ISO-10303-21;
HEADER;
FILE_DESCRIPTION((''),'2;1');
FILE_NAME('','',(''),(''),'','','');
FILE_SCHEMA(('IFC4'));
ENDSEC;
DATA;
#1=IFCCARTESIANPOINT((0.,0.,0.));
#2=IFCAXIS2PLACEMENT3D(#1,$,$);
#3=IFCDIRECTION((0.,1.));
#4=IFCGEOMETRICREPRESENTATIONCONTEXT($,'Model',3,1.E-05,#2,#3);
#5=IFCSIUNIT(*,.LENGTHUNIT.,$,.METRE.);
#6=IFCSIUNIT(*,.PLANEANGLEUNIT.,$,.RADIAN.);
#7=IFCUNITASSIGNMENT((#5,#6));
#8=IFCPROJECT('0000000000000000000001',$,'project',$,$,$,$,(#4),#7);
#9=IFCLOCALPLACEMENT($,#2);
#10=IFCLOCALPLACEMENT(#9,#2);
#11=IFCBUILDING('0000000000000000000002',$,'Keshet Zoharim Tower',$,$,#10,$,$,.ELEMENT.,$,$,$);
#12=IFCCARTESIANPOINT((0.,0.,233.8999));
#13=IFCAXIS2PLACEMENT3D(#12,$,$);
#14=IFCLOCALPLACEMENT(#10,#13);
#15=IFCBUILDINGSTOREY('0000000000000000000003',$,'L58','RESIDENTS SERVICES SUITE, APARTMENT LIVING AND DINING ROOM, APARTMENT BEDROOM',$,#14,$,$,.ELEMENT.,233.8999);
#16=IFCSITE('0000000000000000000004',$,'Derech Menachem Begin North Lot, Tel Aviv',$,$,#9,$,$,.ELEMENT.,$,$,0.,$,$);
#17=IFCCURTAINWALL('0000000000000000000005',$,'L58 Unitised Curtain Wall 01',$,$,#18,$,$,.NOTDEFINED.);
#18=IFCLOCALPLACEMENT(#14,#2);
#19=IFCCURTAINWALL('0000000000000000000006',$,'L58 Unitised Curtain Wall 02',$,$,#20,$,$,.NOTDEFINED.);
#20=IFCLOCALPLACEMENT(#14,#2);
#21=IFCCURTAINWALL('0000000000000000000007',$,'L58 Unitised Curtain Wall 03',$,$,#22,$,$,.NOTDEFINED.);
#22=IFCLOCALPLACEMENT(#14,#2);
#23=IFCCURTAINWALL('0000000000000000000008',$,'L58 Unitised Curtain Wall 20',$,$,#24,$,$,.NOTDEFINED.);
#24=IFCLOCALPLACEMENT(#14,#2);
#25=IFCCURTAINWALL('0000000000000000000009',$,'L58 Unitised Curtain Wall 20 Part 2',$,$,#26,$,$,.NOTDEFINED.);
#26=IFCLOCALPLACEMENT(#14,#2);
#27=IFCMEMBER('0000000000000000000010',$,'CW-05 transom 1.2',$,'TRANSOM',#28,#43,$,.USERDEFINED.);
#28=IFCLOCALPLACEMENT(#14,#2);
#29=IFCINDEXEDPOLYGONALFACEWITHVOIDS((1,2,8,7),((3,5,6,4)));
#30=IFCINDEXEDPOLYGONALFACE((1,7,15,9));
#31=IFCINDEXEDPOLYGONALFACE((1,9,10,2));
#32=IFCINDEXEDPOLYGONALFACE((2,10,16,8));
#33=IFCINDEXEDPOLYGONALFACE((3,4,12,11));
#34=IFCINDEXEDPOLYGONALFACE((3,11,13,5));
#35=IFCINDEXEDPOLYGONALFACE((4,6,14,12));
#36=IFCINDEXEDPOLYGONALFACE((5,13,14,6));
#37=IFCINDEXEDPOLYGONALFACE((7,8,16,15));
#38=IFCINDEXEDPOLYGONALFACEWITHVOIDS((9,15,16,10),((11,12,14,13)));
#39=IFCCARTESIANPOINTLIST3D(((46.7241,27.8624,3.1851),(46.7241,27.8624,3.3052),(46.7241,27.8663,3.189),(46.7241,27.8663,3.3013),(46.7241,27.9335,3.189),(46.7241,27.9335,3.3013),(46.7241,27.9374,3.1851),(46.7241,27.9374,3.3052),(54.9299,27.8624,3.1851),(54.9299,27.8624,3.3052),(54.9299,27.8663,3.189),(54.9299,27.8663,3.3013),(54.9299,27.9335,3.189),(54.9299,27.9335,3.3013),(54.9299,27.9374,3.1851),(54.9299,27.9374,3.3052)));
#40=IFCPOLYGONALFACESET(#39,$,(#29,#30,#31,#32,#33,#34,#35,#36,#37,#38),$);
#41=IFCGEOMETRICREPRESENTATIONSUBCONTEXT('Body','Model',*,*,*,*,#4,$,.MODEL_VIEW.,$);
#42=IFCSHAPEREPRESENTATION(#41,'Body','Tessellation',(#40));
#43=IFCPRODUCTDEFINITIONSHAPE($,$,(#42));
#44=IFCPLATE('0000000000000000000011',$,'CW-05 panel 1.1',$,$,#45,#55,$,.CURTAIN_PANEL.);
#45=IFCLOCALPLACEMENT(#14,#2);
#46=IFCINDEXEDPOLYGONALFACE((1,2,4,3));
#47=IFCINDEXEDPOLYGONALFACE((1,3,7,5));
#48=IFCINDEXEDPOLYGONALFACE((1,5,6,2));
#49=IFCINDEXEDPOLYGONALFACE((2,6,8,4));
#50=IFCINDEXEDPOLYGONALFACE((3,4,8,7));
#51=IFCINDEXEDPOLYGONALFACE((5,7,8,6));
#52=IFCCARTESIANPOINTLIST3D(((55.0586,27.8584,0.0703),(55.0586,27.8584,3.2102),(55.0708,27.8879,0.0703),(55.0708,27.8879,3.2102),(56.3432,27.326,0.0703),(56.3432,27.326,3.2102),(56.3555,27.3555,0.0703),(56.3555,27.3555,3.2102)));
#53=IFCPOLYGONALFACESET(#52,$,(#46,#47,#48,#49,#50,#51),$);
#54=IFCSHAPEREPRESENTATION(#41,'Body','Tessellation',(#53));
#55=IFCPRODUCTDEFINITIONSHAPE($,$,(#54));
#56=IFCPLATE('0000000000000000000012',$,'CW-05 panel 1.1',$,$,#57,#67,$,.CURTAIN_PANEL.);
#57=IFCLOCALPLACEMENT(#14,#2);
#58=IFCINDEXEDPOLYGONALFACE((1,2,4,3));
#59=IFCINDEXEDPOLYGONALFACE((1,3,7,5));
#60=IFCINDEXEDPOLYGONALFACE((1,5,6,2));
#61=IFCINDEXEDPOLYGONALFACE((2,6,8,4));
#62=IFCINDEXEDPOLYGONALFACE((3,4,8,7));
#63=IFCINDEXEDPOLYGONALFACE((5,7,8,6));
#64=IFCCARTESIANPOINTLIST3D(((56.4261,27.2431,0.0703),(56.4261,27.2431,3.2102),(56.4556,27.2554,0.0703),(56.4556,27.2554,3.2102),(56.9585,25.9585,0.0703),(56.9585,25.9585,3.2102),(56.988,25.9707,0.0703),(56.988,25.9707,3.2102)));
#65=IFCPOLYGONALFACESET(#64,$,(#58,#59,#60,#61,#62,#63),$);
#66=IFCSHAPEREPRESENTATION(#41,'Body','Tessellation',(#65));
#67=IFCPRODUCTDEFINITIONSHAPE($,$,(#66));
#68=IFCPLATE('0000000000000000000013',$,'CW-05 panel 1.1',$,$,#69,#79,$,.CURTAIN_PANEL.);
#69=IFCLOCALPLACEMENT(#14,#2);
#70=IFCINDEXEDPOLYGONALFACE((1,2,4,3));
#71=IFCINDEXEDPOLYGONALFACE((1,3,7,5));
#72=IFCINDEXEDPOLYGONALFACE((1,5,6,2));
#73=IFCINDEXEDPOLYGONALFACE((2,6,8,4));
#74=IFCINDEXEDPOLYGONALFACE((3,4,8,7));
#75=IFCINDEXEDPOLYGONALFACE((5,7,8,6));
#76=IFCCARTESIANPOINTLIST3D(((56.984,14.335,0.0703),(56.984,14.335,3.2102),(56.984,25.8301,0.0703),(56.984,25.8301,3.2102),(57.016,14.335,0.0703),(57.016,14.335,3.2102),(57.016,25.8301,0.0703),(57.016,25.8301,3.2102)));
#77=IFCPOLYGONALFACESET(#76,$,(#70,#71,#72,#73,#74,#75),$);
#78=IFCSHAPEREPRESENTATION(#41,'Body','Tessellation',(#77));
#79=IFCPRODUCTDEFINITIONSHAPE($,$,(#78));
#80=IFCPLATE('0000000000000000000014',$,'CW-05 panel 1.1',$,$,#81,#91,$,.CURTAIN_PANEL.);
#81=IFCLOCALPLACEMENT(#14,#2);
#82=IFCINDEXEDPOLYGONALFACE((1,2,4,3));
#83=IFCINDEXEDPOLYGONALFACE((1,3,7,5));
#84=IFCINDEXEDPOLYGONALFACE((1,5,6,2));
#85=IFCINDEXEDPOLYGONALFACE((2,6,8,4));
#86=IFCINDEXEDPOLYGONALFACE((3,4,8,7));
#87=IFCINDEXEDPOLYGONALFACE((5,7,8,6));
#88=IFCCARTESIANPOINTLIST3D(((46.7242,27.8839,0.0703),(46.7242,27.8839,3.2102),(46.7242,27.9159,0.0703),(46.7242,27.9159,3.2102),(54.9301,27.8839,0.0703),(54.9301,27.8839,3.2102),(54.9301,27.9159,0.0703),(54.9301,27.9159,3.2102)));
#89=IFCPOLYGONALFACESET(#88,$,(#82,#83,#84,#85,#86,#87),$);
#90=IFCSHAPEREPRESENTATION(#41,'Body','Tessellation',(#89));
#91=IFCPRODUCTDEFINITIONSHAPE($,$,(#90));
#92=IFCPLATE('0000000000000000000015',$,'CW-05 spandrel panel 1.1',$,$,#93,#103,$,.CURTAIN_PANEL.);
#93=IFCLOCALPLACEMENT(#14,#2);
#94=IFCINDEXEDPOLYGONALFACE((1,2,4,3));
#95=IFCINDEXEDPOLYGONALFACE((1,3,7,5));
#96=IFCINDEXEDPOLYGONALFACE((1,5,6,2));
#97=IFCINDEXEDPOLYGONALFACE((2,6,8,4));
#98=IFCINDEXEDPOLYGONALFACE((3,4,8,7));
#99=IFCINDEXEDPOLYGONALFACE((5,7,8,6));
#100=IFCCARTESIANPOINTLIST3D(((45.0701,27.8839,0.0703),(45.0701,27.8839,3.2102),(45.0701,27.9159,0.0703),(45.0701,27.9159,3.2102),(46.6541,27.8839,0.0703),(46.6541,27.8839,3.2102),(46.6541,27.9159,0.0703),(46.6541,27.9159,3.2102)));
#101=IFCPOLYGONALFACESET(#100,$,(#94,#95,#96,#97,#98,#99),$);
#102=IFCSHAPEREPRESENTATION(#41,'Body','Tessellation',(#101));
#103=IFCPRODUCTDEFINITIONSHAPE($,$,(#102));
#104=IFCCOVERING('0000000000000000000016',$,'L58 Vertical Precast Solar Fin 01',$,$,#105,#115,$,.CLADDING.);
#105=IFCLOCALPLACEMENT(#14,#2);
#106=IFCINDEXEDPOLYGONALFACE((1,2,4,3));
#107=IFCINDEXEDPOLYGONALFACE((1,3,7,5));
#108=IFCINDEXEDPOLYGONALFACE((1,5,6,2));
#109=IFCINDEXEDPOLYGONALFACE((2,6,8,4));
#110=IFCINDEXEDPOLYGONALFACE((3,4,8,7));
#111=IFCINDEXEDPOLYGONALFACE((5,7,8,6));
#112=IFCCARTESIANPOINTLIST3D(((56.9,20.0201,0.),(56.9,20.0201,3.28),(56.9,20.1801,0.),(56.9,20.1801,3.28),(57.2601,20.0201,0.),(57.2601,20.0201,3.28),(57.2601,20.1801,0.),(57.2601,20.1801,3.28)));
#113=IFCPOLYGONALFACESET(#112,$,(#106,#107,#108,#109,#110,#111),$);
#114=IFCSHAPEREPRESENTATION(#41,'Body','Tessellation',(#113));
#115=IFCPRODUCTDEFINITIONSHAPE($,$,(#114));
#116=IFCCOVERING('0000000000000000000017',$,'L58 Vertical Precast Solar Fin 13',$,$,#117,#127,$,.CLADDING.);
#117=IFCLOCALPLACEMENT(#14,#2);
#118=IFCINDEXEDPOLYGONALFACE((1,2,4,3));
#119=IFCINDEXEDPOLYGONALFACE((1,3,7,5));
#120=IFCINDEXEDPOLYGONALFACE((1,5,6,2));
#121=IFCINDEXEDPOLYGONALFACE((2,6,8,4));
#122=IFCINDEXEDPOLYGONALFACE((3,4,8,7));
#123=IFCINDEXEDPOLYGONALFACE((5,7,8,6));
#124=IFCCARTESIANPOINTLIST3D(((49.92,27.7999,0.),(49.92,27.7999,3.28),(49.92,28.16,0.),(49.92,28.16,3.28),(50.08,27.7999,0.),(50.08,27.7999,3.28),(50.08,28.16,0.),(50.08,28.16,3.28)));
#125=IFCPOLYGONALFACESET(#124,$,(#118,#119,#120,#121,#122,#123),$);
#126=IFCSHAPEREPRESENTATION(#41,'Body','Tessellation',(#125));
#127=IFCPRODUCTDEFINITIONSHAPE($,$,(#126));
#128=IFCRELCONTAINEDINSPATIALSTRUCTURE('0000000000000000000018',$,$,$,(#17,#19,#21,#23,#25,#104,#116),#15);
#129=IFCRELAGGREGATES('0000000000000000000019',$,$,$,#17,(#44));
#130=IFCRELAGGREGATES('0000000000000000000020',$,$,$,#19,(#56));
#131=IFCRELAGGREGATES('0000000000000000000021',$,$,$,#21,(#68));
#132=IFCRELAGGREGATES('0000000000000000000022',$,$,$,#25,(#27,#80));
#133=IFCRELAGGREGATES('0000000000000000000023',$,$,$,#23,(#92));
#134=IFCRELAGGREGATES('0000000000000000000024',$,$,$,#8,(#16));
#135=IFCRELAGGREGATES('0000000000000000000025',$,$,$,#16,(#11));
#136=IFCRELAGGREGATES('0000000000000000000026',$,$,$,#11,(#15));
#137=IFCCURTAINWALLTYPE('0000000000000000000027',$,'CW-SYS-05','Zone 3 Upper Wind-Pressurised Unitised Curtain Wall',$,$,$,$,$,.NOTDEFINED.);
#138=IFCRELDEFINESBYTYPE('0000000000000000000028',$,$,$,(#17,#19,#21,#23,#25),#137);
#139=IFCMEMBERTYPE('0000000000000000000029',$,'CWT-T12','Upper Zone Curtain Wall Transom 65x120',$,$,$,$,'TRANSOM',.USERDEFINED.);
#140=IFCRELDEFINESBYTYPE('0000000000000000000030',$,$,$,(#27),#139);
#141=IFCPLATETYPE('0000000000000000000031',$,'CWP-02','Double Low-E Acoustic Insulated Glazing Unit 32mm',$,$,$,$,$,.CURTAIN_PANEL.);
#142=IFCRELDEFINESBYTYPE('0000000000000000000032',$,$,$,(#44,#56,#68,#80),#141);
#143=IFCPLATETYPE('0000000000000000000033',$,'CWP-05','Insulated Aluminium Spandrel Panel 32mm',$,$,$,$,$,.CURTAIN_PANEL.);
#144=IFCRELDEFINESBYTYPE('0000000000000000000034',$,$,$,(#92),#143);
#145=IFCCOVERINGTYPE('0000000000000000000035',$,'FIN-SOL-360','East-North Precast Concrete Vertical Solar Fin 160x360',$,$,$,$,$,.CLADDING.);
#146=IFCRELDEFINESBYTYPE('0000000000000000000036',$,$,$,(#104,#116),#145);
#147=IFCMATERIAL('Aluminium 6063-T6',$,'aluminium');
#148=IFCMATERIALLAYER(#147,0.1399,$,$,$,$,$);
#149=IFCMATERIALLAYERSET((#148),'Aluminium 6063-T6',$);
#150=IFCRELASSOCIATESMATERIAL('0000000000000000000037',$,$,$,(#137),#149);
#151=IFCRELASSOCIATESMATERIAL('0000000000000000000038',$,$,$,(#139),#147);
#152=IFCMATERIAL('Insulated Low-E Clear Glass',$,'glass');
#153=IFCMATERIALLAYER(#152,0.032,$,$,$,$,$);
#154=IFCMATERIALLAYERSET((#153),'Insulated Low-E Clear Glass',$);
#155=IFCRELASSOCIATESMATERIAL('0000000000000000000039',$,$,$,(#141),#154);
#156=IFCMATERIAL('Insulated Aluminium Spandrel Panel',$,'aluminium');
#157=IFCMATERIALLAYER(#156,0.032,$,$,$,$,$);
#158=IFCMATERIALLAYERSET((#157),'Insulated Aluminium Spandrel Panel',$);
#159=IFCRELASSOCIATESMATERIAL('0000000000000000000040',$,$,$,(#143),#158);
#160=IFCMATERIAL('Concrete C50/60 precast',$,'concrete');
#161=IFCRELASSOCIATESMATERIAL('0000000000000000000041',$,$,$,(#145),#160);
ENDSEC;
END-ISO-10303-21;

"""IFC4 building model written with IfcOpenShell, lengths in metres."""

from ifc_helpers import new_model, si_unit, direction, frame, origin, origin_2d, place, context, subcontext, project, spatial, rectangle, hollow_rectangle, extrude, material, layer, layer_set, material_profile, profile_set, type_object, element, aggregate, save


model = new_model("IFC4")

# Units and contexts
model_context = context("Model", 3, precision=1e-05, world=origin(), true_north=direction((0.0, 1.0)))
body_context = subcontext(model_context, "Body", "Model", "MODEL_VIEW")
ifc_project = project(units=[si_unit("LENGTHUNIT", "METRE"), si_unit("PLANEANGLEUNIT", "RADIAN")], contexts=[model_context])

# Site, building, storey
site_placement = place(None, origin())
site = spatial("IfcSite", under=ifc_project, at=site_placement, Name="Derech Menachem Begin North Lot, Tel Aviv", CompositionType="ELEMENT", RefElevation=0.0)
building_placement = place(site_placement, origin())
building = spatial("IfcBuilding", under=site, at=building_placement, Name="Keshet Zoharim Tower", CompositionType="ELEMENT")
storey_placement = place(building_placement, frame((0.0, 0.0, 233.8999)))
storey = spatial("IfcBuildingStorey", under=building, at=storey_placement, Name="L58", Description="RESIDENTS SERVICES SUITE, APARTMENT LIVING AND DINING ROOM, APARTMENT BEDROOM", CompositionType="ELEMENT", Elevation=233.8999)

# Curtain walls
ifc_material_1 = material(Name="Aluminium 6063-T6", Category="aluminium")
ifc_layer_1 = layer(ifc_material_1, 0.1399)
ifc_layer_set_1 = layer_set([ifc_layer_1], Name="Aluminium 6063-T6")
curtain_wall_type = type_object("IfcCurtainWallType", Name="CW-SYS-05", Description="Zone 3 Upper Wind-Pressurised Unitised Curtain Wall", PredefinedType="NOTDEFINED", material=ifc_layer_set_1)
curtain_wall_1_placement = place(storey_placement, origin())
curtain_wall_1 = element("IfcCurtainWall", 1, at=curtain_wall_1_placement, inside=storey, type_object=curtain_wall_type, Name="L58 Unitised Curtain Wall 01", PredefinedType="NOTDEFINED")
curtain_wall_2_placement = place(storey_placement, origin())
curtain_wall_2 = element("IfcCurtainWall", 2, at=curtain_wall_2_placement, inside=storey, type_object=curtain_wall_type, Name="L58 Unitised Curtain Wall 02", PredefinedType="NOTDEFINED")

# Curtain wall
curtain_wall_3_placement = place(storey_placement, origin())
curtain_wall_3 = element("IfcCurtainWall", 3, at=curtain_wall_3_placement, inside=storey, type_object=curtain_wall_type, Name="L58 Unitised Curtain Wall 03", PredefinedType="NOTDEFINED")

# Curtain wall
curtain_wall_4_placement = place(storey_placement, origin())
curtain_wall_4 = element("IfcCurtainWall", 4, at=curtain_wall_4_placement, inside=storey, type_object=curtain_wall_type, Name="L58 Unitised Curtain Wall 20", PredefinedType="NOTDEFINED")

# Curtain wall
curtain_wall_5_placement = place(storey_placement, origin())
curtain_wall_5 = element("IfcCurtainWall", 5, at=curtain_wall_5_placement, inside=storey, type_object=curtain_wall_type, Name="L58 Unitised Curtain Wall 20 Part 2", PredefinedType="NOTDEFINED")

# Member
ifc_material_profile_1 = material_profile(ifc_material_1, hollow_rectangle(XDim=0.075, YDim=0.1201, WallThickness=0.0039, at=origin_2d()), Name="TRN-75x120")
ifc_profile_set_1 = profile_set([ifc_material_profile_1], Name="Aluminium 6063-T6")
member_type_1 = type_object("IfcMemberType", Name="CWT-T12", Description="Upper Zone Curtain Wall Transom 65x120", ElementType="TRANSOM", PredefinedType="USERDEFINED", material=ifc_profile_set_1)
member_1_placement = place(storey_placement, frame((46.7241, 27.8999, 3.2451), z_axis=(1.0, 0.0, 0.0), x_axis=(0.0, 1.0, 0.0)))
member_1 = element("IfcMember", 6, at=member_1_placement, type_object=member_type_1, Name="CW-05 transom 1.2", ObjectType="TRANSOM", PredefinedType="USERDEFINED", context=body_context, shape_type="SweptSolid", body=[
    extrude(hollow_rectangle(XDim=0.075, YDim=0.1201, WallThickness=0.0039, at=origin_2d()), origin(), (0.0, 0.0, 1.0), 8.2058),
])

# Plates
ifc_material_2 = material(Name="Insulated Low-E Clear Glass", Category="glass")
ifc_layer_2 = layer(ifc_material_2, 0.032)
ifc_layer_set_2 = layer_set([ifc_layer_2], Name="Insulated Low-E Clear Glass")
plate_type_1 = type_object("IfcPlateType", Name="CWP-02", Description="Double Low-E Acoustic Insulated Glazing Unit 32mm", PredefinedType="CURTAIN_PANEL", material=ifc_layer_set_2)
plate_1_placement = place(storey_placement, frame((55.707, 27.6069, 0.0703), z_axis=(0.0, 0.0, 1.0), x_axis=(0.92381, -0.382852, 0.0)))
plate_1 = element("IfcPlate", 7, at=plate_1_placement, type_object=plate_type_1, Name="CW-05 panel 1.1", PredefinedType="CURTAIN_PANEL", context=body_context, shape_type="SweptSolid", body=[
    extrude(rectangle(XDim=1.3906, YDim=0.032, at=origin_2d()), origin(), (0.0, 0.0, 1.0), 3.1399),
])
aggregate(curtain_wall_1, [plate_1])
plate_2_placement = place(storey_placement, frame((56.707, 26.6069, 0.0703), z_axis=(0.0, 0.0, 1.0), x_axis=(0.382852, -0.92381, 0.0)))
plate_2 = element("IfcPlate", 8, at=plate_2_placement, type_object=plate_type_1, Name="CW-05 panel 1.1", PredefinedType="CURTAIN_PANEL", context=body_context, shape_type="SweptSolid", body=[
    extrude(rectangle(XDim=1.3906, YDim=0.032, at=origin_2d()), origin(), (0.0, 0.0, 1.0), 3.1399),
])
aggregate(curtain_wall_2, [plate_2])
plate_3_placement = place(storey_placement, frame((57.0, 20.0825, 0.0703), z_axis=(0.0, 0.0, 1.0), x_axis=(0.0, -1.0, 0.0)))
plate_3 = element("IfcPlate", 9, at=plate_3_placement, type_object=plate_type_1, Name="CW-05 panel 1.1", PredefinedType="CURTAIN_PANEL", context=body_context, shape_type="SweptSolid", body=[
    extrude(rectangle(XDim=11.4951, YDim=0.032, at=origin_2d()), origin(), (0.0, 0.0, 1.0), 3.1399),
])
aggregate(curtain_wall_3, [plate_3])
plate_4_placement = place(storey_placement, frame((50.8271, 27.8999, 0.0703), z_axis=(0.0, 0.0, 1.0), x_axis=(1.0, 0.0, 0.0)))
plate_4 = element("IfcPlate", 10, at=plate_4_placement, type_object=plate_type_1, Name="CW-05 panel 1.1", PredefinedType="CURTAIN_PANEL", context=body_context, shape_type="SweptSolid", body=[
    extrude(rectangle(XDim=8.2058, YDim=0.032, at=origin_2d()), origin(), (0.0, 0.0, 1.0), 3.1399),
])
aggregate(curtain_wall_5, [member_1, plate_4])
ifc_material_3 = material(Name="Insulated Aluminium Spandrel Panel", Category="aluminium")
ifc_layer_3 = layer(ifc_material_3, 0.032)
ifc_layer_set_3 = layer_set([ifc_layer_3], Name="Insulated Aluminium Spandrel Panel")
plate_type_2 = type_object("IfcPlateType", Name="CWP-05", Description="Insulated Aluminium Spandrel Panel 32mm", PredefinedType="CURTAIN_PANEL", material=ifc_layer_set_3)
plate_5_placement = place(storey_placement, frame((45.8621, 27.8999, 0.0703), z_axis=(0.0, 0.0, 1.0), x_axis=(1.0, 0.0, 0.0)))
plate_5 = element("IfcPlate", 11, at=plate_5_placement, type_object=plate_type_2, Name="CW-05 spandrel panel 1.1", PredefinedType="CURTAIN_PANEL", context=body_context, shape_type="SweptSolid", body=[
    extrude(rectangle(XDim=1.584, YDim=0.032, at=origin_2d()), origin(), (0.0, 0.0, 1.0), 3.1399),
])
aggregate(curtain_wall_4, [plate_5])

# Coverings
ifc_material_4 = material(Name="Concrete C50/60 precast", Category="concrete")
covering_type = type_object("IfcCoveringType", Name="FIN-SOL-360", Description="East-North Precast Concrete Vertical Solar Fin 160x360", PredefinedType="CLADDING", material=ifc_material_4)
for number, where, z_axis, x_axis, name in (
    (12, (57.0801, 20.1001, 0.0), (0.0, 0.0, 1.0), (0.0, -1.0, 0.0), "L58 Vertical Precast Solar Fin 01"),
    (13, (50.0, 27.98, 0.0), (0.0, 0.0, 1.0), (1.0, 0.0, 0.0), "L58 Vertical Precast Solar Fin 13"),
):
    element("IfcCovering", number, at=place(storey_placement, frame(where, z_axis=z_axis, x_axis=x_axis)), inside=storey, type_object=covering_type, Name=name, PredefinedType="CLADDING", context=body_context, shape_type="SweptSolid", body=[
        extrude(rectangle(XDim=0.1599, YDim=0.3601, at=origin_2d()), origin(), (0.0, 0.0, 1.0), 3.28),
    ])

save(model, "model.ifc")
